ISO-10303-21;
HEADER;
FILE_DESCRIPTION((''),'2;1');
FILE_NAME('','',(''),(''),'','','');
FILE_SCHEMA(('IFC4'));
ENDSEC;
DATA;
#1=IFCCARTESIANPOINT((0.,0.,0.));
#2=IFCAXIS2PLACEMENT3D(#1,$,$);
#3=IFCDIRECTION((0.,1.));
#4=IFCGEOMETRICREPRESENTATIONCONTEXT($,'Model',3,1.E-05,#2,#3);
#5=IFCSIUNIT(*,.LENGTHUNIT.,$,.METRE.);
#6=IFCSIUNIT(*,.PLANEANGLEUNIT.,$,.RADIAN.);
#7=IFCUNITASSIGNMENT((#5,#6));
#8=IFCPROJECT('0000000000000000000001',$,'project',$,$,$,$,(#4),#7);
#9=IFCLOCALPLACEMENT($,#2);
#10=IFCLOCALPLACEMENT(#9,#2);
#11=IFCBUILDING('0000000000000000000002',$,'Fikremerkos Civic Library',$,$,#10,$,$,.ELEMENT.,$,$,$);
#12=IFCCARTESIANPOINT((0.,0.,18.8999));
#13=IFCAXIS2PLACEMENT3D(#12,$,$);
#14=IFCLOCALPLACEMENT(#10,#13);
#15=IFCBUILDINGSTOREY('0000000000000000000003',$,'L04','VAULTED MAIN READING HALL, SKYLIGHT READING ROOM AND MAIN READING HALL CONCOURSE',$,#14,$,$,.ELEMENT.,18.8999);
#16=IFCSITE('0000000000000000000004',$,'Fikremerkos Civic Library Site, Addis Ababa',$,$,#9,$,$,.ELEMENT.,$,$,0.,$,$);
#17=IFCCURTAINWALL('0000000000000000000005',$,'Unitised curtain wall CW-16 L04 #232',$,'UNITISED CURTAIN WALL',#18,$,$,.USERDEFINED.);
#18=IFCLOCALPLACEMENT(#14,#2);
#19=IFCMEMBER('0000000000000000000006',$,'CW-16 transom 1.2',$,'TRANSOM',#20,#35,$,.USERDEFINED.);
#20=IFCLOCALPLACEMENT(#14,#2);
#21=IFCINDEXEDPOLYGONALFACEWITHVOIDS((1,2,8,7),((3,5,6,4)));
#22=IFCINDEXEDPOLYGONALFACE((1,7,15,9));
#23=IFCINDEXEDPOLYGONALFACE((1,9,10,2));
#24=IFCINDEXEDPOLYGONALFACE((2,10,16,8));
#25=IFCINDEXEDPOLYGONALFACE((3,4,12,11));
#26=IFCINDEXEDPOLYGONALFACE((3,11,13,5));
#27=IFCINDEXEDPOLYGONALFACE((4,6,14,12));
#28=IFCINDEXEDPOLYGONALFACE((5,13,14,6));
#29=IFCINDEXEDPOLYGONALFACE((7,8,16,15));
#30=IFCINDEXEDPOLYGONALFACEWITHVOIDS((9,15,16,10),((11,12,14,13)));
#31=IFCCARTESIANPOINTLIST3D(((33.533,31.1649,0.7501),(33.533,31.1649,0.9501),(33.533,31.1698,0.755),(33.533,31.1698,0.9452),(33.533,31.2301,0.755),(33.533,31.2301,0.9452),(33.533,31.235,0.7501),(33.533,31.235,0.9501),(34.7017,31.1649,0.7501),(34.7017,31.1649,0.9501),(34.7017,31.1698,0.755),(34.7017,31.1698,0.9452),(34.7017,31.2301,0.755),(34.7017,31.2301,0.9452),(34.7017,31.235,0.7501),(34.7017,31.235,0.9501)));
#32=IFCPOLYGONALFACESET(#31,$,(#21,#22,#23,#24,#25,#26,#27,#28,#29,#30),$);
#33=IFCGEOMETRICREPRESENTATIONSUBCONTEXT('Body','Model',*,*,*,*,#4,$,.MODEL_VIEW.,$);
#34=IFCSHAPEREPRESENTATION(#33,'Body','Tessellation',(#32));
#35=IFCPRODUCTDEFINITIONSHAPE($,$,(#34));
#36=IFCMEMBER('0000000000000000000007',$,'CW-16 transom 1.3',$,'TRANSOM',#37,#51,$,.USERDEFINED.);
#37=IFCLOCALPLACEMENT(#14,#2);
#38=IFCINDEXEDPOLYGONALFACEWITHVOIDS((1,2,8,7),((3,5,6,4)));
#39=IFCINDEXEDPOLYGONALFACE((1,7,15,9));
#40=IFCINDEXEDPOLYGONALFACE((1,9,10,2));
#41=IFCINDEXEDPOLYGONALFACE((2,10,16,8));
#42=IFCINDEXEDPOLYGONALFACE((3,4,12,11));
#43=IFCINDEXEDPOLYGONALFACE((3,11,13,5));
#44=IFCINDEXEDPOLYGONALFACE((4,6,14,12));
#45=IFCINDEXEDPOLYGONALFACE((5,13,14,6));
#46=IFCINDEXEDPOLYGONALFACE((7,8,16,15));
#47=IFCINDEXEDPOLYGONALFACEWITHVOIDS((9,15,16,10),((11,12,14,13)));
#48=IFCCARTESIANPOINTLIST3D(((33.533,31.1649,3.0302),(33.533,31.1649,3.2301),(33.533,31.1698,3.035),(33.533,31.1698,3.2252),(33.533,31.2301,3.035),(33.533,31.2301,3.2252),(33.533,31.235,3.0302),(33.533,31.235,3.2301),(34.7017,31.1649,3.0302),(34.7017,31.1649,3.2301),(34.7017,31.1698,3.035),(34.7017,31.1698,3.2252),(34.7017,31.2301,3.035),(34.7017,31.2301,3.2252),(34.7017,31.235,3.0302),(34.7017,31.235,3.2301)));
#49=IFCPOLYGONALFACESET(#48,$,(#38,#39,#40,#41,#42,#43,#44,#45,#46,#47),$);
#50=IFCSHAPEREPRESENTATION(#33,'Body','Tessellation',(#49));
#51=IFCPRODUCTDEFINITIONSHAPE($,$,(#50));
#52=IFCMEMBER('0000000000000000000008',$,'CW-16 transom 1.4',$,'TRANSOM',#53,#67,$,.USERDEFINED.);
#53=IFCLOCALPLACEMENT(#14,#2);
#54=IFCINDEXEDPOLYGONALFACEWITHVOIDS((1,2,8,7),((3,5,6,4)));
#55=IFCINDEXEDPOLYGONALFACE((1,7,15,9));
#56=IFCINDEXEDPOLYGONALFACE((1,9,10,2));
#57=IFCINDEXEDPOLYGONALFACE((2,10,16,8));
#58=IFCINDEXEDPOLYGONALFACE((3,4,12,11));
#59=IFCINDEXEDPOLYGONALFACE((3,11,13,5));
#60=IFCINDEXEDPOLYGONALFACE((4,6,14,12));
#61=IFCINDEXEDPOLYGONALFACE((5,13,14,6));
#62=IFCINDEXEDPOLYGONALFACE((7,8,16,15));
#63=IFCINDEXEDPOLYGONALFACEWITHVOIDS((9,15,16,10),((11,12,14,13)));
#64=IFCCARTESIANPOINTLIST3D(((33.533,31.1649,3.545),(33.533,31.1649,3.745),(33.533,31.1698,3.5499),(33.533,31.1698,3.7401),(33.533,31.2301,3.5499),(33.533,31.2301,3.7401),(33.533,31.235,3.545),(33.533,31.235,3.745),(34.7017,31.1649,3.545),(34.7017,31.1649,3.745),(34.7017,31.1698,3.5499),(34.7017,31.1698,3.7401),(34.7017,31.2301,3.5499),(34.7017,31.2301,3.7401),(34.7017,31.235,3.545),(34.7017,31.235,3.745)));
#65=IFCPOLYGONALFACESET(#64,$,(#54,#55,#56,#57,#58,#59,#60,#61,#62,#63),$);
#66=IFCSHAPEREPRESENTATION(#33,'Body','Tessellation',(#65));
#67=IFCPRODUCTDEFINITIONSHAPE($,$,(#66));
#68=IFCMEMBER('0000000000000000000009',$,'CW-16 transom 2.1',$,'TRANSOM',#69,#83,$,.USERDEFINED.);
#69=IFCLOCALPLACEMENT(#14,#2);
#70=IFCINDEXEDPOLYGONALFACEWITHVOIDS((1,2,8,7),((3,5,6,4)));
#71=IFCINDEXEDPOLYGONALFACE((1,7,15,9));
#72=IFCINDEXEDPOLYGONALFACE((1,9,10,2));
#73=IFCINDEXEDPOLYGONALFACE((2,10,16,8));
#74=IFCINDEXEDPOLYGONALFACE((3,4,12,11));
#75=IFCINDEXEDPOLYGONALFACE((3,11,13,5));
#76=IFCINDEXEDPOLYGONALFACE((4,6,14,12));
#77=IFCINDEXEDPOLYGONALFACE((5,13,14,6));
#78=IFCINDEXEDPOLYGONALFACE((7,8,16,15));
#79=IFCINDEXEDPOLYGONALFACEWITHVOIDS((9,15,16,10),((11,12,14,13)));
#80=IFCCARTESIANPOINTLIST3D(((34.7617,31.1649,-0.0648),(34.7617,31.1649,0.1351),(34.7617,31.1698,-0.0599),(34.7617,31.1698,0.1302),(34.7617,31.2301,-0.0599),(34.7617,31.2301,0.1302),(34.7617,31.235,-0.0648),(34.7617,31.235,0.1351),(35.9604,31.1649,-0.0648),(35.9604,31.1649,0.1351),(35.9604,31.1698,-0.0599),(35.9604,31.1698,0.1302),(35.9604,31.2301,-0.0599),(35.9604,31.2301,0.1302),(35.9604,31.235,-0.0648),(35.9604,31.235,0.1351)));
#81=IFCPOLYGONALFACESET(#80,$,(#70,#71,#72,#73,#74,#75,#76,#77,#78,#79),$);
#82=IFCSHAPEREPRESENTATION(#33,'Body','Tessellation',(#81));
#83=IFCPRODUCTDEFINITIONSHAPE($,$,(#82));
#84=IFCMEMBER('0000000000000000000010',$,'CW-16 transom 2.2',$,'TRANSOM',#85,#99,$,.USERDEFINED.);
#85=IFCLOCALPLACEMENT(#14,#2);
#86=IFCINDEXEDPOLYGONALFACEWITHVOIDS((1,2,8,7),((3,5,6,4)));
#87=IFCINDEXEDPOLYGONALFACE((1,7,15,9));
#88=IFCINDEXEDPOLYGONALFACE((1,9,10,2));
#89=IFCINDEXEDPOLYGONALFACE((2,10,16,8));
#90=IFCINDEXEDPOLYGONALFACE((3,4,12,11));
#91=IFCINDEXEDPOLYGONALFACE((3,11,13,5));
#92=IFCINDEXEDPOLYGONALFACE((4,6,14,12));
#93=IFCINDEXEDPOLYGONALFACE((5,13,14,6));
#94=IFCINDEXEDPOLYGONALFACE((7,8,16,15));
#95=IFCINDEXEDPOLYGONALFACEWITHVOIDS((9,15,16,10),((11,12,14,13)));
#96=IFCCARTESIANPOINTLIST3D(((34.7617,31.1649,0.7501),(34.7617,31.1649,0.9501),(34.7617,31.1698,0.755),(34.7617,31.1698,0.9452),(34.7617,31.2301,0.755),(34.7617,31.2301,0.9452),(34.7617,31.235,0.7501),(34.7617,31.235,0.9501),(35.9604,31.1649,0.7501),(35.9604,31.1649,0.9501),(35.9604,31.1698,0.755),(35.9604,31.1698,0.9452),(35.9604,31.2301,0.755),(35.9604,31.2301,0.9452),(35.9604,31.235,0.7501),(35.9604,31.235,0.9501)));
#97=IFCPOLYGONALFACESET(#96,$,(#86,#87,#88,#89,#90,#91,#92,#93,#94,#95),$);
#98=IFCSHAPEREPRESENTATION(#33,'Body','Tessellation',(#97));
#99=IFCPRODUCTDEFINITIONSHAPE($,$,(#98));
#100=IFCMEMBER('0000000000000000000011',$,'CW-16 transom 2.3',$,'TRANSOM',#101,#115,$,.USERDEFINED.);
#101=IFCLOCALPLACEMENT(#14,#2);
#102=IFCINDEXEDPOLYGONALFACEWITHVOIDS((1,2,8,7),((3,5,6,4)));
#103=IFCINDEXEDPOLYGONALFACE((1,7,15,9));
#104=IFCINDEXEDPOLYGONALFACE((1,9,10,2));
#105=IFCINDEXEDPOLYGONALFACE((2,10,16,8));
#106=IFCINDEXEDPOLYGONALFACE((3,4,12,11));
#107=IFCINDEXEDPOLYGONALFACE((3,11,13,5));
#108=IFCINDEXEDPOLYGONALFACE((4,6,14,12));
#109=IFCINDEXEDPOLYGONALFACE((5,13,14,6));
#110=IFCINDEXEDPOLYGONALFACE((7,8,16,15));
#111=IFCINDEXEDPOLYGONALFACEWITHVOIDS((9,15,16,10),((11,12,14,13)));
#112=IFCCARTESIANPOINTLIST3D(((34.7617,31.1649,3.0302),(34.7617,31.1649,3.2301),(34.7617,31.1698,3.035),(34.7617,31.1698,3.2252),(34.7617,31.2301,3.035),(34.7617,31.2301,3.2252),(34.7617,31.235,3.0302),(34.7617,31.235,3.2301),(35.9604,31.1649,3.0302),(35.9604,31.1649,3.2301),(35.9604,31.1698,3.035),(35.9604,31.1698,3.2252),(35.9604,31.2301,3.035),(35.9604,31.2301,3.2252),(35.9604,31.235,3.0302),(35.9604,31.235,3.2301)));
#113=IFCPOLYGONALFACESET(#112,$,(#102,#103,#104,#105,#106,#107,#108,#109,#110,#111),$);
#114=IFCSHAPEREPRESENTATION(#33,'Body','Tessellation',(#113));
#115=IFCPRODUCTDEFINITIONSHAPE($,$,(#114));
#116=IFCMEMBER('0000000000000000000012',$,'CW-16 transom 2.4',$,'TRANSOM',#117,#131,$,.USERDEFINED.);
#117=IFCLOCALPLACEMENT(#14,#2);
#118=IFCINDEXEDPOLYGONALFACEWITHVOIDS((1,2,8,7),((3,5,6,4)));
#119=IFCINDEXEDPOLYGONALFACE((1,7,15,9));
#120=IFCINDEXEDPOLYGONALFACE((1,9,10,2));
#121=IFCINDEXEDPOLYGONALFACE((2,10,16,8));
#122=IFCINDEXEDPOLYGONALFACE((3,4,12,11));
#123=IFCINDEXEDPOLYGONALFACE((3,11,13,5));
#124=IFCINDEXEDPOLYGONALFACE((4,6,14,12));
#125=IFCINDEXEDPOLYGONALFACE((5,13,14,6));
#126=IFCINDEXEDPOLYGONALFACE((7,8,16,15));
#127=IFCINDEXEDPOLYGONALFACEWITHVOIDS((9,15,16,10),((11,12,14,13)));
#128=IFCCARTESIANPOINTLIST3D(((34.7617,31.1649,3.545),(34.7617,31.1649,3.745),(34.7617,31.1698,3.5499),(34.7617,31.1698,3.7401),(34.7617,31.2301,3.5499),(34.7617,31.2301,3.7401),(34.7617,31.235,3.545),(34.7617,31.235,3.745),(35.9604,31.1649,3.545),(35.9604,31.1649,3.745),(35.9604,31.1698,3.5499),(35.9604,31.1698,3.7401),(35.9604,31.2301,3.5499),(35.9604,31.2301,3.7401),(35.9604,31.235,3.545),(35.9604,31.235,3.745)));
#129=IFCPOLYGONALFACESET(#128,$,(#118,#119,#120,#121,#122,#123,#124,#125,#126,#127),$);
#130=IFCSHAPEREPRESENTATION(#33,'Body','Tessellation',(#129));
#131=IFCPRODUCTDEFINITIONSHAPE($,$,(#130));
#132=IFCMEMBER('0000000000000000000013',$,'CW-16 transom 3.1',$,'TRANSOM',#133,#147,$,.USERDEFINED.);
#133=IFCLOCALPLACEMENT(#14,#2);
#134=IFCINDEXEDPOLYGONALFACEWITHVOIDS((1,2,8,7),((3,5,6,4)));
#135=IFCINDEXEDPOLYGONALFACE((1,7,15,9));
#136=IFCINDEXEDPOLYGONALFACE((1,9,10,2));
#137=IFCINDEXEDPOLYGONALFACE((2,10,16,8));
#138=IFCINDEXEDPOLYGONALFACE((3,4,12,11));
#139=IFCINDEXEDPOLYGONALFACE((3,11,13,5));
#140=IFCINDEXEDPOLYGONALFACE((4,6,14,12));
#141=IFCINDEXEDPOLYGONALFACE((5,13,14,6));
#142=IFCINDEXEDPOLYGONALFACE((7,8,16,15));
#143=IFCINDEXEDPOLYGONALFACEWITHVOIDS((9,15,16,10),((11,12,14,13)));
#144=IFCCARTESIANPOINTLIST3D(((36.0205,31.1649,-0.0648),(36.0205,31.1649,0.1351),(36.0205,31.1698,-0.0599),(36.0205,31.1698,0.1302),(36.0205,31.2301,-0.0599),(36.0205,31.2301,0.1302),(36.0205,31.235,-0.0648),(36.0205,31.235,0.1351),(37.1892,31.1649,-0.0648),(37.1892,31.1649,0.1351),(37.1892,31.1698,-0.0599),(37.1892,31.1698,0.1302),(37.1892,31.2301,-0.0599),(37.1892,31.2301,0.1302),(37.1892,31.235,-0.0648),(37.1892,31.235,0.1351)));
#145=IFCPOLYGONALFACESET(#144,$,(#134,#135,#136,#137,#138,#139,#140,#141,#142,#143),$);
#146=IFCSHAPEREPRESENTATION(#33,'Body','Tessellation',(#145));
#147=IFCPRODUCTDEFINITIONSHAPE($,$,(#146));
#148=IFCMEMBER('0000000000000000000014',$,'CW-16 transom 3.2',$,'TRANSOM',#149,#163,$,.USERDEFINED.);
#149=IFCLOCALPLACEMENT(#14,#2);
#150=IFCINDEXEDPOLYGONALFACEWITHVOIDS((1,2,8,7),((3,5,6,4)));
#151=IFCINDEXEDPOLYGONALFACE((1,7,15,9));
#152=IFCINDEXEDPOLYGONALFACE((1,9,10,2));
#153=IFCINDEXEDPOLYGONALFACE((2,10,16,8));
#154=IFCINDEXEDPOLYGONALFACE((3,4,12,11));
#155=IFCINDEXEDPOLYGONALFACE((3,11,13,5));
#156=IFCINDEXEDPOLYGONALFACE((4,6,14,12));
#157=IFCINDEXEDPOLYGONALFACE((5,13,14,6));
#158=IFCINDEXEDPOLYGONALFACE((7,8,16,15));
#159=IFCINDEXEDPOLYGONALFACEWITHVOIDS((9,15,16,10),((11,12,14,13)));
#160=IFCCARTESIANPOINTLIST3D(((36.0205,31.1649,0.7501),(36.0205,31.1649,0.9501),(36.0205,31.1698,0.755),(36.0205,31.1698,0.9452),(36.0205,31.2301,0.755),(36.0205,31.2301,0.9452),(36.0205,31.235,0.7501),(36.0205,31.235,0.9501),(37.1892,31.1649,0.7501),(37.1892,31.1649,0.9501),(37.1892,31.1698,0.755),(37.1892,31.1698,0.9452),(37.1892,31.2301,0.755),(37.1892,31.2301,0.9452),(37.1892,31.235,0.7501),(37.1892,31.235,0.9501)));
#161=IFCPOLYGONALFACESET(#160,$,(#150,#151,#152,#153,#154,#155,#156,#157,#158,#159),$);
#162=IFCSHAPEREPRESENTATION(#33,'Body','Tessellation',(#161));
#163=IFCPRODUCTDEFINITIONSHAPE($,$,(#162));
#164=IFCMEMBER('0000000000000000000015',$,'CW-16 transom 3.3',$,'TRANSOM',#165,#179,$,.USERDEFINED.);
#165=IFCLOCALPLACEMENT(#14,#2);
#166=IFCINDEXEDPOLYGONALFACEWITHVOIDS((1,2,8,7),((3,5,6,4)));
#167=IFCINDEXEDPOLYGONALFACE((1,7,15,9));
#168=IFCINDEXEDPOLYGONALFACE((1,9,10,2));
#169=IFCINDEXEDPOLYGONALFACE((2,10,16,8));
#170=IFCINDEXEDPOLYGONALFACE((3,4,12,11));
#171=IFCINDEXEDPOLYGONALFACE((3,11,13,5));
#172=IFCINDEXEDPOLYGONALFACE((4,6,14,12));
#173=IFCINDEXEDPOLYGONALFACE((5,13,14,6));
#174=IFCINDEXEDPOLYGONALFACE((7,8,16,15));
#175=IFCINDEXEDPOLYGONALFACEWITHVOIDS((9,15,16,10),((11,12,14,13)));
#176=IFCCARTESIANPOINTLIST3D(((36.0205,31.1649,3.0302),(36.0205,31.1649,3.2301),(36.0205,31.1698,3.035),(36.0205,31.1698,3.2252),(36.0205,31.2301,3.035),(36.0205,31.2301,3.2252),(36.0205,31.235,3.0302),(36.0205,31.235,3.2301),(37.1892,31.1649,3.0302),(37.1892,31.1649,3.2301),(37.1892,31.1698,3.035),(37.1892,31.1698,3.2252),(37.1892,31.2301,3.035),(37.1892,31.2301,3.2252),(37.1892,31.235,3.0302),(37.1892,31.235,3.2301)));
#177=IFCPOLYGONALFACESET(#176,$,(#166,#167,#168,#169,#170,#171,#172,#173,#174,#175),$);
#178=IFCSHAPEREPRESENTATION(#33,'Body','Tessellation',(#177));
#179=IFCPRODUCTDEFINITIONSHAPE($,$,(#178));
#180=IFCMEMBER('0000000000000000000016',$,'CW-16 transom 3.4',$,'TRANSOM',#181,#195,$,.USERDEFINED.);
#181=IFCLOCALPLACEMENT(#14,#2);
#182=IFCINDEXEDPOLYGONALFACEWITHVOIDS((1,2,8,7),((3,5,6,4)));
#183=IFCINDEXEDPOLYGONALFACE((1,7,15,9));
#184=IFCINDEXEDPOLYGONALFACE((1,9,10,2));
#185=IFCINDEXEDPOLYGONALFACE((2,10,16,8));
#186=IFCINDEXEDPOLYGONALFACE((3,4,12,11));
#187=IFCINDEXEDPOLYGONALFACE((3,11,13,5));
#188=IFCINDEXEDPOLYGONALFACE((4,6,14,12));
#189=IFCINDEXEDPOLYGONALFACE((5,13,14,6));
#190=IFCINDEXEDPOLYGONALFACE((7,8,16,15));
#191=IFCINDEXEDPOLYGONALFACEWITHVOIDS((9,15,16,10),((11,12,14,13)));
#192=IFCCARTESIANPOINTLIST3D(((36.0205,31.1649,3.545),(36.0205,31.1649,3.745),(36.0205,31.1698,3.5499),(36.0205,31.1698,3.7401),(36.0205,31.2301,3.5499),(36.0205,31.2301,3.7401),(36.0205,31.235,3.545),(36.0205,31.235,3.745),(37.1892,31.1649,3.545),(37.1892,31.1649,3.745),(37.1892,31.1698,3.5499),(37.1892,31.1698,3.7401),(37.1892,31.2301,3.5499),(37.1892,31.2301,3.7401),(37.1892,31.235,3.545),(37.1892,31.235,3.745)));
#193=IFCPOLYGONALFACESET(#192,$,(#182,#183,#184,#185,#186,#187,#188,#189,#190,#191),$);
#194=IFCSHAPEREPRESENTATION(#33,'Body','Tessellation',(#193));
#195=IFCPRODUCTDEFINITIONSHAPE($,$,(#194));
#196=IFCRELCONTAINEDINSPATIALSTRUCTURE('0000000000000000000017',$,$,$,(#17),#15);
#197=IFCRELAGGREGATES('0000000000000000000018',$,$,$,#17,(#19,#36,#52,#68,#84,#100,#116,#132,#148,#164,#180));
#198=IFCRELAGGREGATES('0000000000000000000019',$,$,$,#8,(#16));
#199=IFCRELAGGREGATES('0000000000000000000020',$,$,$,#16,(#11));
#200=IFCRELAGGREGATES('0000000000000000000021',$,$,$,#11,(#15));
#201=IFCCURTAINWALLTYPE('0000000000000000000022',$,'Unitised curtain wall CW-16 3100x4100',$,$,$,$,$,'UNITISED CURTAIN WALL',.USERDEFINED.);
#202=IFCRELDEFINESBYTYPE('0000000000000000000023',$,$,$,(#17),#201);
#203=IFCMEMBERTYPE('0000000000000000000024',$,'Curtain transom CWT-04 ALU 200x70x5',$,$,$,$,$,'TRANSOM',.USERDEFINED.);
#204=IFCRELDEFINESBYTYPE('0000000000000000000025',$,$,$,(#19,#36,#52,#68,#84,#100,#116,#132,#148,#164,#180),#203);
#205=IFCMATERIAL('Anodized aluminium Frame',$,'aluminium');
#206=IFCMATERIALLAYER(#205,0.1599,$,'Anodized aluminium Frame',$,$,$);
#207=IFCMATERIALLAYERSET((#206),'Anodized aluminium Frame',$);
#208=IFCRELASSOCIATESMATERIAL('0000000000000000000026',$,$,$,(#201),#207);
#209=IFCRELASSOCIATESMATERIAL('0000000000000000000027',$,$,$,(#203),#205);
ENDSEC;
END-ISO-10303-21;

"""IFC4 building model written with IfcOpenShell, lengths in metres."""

from ifc_helpers import new_model, si_unit, direction, frame, origin, origin_2d, place, context, subcontext, project, spatial, hollow_rectangle, extrude, material, layer, layer_set, material_profile, profile_set, type_object, element, aggregate, save


model = new_model("IFC4")

# Units and contexts
model_context = context("Model", 3, precision=1e-05, world=origin(), true_north=direction((0.0, 1.0)))
body_context = subcontext(model_context, "Body", "Model", "MODEL_VIEW")
ifc_project = project(units=[si_unit("LENGTHUNIT", "METRE"), si_unit("PLANEANGLEUNIT", "RADIAN")], contexts=[model_context])

# Site, building, storey
site_placement = place(None, origin())
site = spatial("IfcSite", under=ifc_project, at=site_placement, Name="Fikremerkos Civic Library Site, Addis Ababa", CompositionType="ELEMENT", RefElevation=0.0)
building_placement = place(site_placement, origin())
building = spatial("IfcBuilding", under=site, at=building_placement, Name="Fikremerkos Civic Library", CompositionType="ELEMENT")
storey_placement = place(building_placement, frame((0.0, 0.0, 18.8999)))
storey = spatial("IfcBuildingStorey", under=building, at=storey_placement, Name="L04", Description="VAULTED MAIN READING HALL, SKYLIGHT READING ROOM AND MAIN READING HALL CONCOURSE", CompositionType="ELEMENT", Elevation=18.8999)

# Curtain wall
ifc_material_1 = material(Name="Anodized aluminium Frame", Category="aluminium")
ifc_layer_1 = layer(ifc_material_1, 0.1599, Name="Anodized aluminium Frame")
ifc_layer_set_1 = layer_set([ifc_layer_1], Name="Anodized aluminium Frame")
curtain_wall_type_1 = type_object("IfcCurtainWallType", Name="Unitised curtain wall CW-16 3100x4100", ElementType="UNITISED CURTAIN WALL", PredefinedType="USERDEFINED", material=ifc_layer_set_1)
curtain_wall_1_placement = place(storey_placement, origin())
curtain_wall_1 = element("IfcCurtainWall", 1, at=curtain_wall_1_placement, inside=storey, type_object=curtain_wall_type_1, Name="Unitised curtain wall CW-16 L04 #232", ObjectType="UNITISED CURTAIN WALL", PredefinedType="USERDEFINED")

# Members
ifc_material_profile_1 = material_profile(ifc_material_1, hollow_rectangle(XDim=0.0701, YDim=0.2, WallThickness=0.0049, at=origin_2d()), Name="ALU 200x70x5")
ifc_profile_set_1 = profile_set([ifc_material_profile_1], Name="Anodized aluminium Frame")
member_type_1 = type_object("IfcMemberType", Name="Curtain transom CWT-04 ALU 200x70x5", ElementType="TRANSOM", PredefinedType="USERDEFINED", material=ifc_profile_set_1)
member_1_placement = place(storey_placement, frame((33.533, 31.2, 0.8501), z_axis=(1.0, 0.0, 0.0), x_axis=(0.0, 1.0, 0.0)))
member_1 = element("IfcMember", 2, at=member_1_placement, type_object=member_type_1, Name="CW-16 transom 1.2", ObjectType="TRANSOM", PredefinedType="USERDEFINED", context=body_context, shape_type="SweptSolid", body=[
    extrude(hollow_rectangle(XDim=0.0701, YDim=0.2, WallThickness=0.0049, at=origin_2d()), origin(), (0.0, 0.0, 1.0), 1.1687),
])
member_2_placement = place(storey_placement, frame((33.533, 31.2, 3.1301), z_axis=(1.0, 0.0, 0.0), x_axis=(0.0, 1.0, 0.0)))
member_2 = element("IfcMember", 3, at=member_2_placement, type_object=member_type_1, Name="CW-16 transom 1.3", ObjectType="TRANSOM", PredefinedType="USERDEFINED", context=body_context, shape_type="SweptSolid", body=[
    extrude(hollow_rectangle(XDim=0.0701, YDim=0.2, WallThickness=0.0049, at=origin_2d()), origin(), (0.0, 0.0, 1.0), 1.1687),
])
member_3_placement = place(storey_placement, frame((33.533, 31.2, 3.645), z_axis=(1.0, 0.0, 0.0), x_axis=(0.0, 1.0, 0.0)))
member_3 = element("IfcMember", 4, at=member_3_placement, type_object=member_type_1, Name="CW-16 transom 1.4", ObjectType="TRANSOM", PredefinedType="USERDEFINED", context=body_context, shape_type="SweptSolid", body=[
    extrude(hollow_rectangle(XDim=0.0701, YDim=0.2, WallThickness=0.0049, at=origin_2d()), origin(), (0.0, 0.0, 1.0), 1.1687),
])
member_4_placement = place(storey_placement, frame((34.7617, 31.2, 0.0352), z_axis=(1.0, 0.0, 0.0), x_axis=(0.0, 1.0, 0.0)))
member_4 = element("IfcMember", 5, at=member_4_placement, type_object=member_type_1, Name="CW-16 transom 2.1", ObjectType="TRANSOM", PredefinedType="USERDEFINED", context=body_context, shape_type="SweptSolid", body=[
    extrude(hollow_rectangle(XDim=0.0701, YDim=0.2, WallThickness=0.0049, at=origin_2d()), origin(), (0.0, 0.0, 1.0), 1.1987),
])
member_5_placement = place(storey_placement, frame((34.7617, 31.2, 0.8501), z_axis=(1.0, 0.0, 0.0), x_axis=(0.0, 1.0, 0.0)))
member_5 = element("IfcMember", 6, at=member_5_placement, type_object=member_type_1, Name="CW-16 transom 2.2", ObjectType="TRANSOM", PredefinedType="USERDEFINED", context=body_context, shape_type="SweptSolid", body=[
    extrude(hollow_rectangle(XDim=0.0701, YDim=0.2, WallThickness=0.0049, at=origin_2d()), origin(), (0.0, 0.0, 1.0), 1.1987),
])
member_6_placement = place(storey_placement, frame((34.7617, 31.2, 3.1301), z_axis=(1.0, 0.0, 0.0), x_axis=(0.0, 1.0, 0.0)))
member_6 = element("IfcMember", 7, at=member_6_placement, type_object=member_type_1, Name="CW-16 transom 2.3", ObjectType="TRANSOM", PredefinedType="USERDEFINED", context=body_context, shape_type="SweptSolid", body=[
    extrude(hollow_rectangle(XDim=0.0701, YDim=0.2, WallThickness=0.0049, at=origin_2d()), origin(), (0.0, 0.0, 1.0), 1.1987),
])
member_7_placement = place(storey_placement, frame((34.7617, 31.2, 3.645), z_axis=(1.0, 0.0, 0.0), x_axis=(0.0, 1.0, 0.0)))
member_7 = element("IfcMember", 8, at=member_7_placement, type_object=member_type_1, Name="CW-16 transom 2.4", ObjectType="TRANSOM", PredefinedType="USERDEFINED", context=body_context, shape_type="SweptSolid", body=[
    extrude(hollow_rectangle(XDim=0.0701, YDim=0.2, WallThickness=0.0049, at=origin_2d()), origin(), (0.0, 0.0, 1.0), 1.1987),
])
member_8_placement = place(storey_placement, frame((36.0205, 31.2, 0.0352), z_axis=(1.0, 0.0, 0.0), x_axis=(0.0, 1.0, 0.0)))
member_8 = element("IfcMember", 9, at=member_8_placement, type_object=member_type_1, Name="CW-16 transom 3.1", ObjectType="TRANSOM", PredefinedType="USERDEFINED", context=body_context, shape_type="SweptSolid", body=[
    extrude(hollow_rectangle(XDim=0.0701, YDim=0.2, WallThickness=0.0049, at=origin_2d()), origin(), (0.0, 0.0, 1.0), 1.1687),
])
member_9_placement = place(storey_placement, frame((36.0205, 31.2, 0.8501), z_axis=(1.0, 0.0, 0.0), x_axis=(0.0, 1.0, 0.0)))
member_9 = element("IfcMember", 10, at=member_9_placement, type_object=member_type_1, Name="CW-16 transom 3.2", ObjectType="TRANSOM", PredefinedType="USERDEFINED", context=body_context, shape_type="SweptSolid", body=[
    extrude(hollow_rectangle(XDim=0.0701, YDim=0.2, WallThickness=0.0049, at=origin_2d()), origin(), (0.0, 0.0, 1.0), 1.1687),
])
member_10_placement = place(storey_placement, frame((36.0205, 31.2, 3.1301), z_axis=(1.0, 0.0, 0.0), x_axis=(0.0, 1.0, 0.0)))
member_10 = element("IfcMember", 11, at=member_10_placement, type_object=member_type_1, Name="CW-16 transom 3.3", ObjectType="TRANSOM", PredefinedType="USERDEFINED", context=body_context, shape_type="SweptSolid", body=[
    extrude(hollow_rectangle(XDim=0.0701, YDim=0.2, WallThickness=0.0049, at=origin_2d()), origin(), (0.0, 0.0, 1.0), 1.1687),
])
member_11_placement = place(storey_placement, frame((36.0205, 31.2, 3.645), z_axis=(1.0, 0.0, 0.0), x_axis=(0.0, 1.0, 0.0)))
member_11 = element("IfcMember", 12, at=member_11_placement, type_object=member_type_1, Name="CW-16 transom 3.4", ObjectType="TRANSOM", PredefinedType="USERDEFINED", context=body_context, shape_type="SweptSolid", body=[
    extrude(hollow_rectangle(XDim=0.0701, YDim=0.2, WallThickness=0.0049, at=origin_2d()), origin(), (0.0, 0.0, 1.0), 1.1687),
])

aggregate(curtain_wall_1, [member_1, member_2, member_3, member_4, member_5, member_6, member_7, member_8, member_9, member_10, member_11])

save(model, "model.ifc")
